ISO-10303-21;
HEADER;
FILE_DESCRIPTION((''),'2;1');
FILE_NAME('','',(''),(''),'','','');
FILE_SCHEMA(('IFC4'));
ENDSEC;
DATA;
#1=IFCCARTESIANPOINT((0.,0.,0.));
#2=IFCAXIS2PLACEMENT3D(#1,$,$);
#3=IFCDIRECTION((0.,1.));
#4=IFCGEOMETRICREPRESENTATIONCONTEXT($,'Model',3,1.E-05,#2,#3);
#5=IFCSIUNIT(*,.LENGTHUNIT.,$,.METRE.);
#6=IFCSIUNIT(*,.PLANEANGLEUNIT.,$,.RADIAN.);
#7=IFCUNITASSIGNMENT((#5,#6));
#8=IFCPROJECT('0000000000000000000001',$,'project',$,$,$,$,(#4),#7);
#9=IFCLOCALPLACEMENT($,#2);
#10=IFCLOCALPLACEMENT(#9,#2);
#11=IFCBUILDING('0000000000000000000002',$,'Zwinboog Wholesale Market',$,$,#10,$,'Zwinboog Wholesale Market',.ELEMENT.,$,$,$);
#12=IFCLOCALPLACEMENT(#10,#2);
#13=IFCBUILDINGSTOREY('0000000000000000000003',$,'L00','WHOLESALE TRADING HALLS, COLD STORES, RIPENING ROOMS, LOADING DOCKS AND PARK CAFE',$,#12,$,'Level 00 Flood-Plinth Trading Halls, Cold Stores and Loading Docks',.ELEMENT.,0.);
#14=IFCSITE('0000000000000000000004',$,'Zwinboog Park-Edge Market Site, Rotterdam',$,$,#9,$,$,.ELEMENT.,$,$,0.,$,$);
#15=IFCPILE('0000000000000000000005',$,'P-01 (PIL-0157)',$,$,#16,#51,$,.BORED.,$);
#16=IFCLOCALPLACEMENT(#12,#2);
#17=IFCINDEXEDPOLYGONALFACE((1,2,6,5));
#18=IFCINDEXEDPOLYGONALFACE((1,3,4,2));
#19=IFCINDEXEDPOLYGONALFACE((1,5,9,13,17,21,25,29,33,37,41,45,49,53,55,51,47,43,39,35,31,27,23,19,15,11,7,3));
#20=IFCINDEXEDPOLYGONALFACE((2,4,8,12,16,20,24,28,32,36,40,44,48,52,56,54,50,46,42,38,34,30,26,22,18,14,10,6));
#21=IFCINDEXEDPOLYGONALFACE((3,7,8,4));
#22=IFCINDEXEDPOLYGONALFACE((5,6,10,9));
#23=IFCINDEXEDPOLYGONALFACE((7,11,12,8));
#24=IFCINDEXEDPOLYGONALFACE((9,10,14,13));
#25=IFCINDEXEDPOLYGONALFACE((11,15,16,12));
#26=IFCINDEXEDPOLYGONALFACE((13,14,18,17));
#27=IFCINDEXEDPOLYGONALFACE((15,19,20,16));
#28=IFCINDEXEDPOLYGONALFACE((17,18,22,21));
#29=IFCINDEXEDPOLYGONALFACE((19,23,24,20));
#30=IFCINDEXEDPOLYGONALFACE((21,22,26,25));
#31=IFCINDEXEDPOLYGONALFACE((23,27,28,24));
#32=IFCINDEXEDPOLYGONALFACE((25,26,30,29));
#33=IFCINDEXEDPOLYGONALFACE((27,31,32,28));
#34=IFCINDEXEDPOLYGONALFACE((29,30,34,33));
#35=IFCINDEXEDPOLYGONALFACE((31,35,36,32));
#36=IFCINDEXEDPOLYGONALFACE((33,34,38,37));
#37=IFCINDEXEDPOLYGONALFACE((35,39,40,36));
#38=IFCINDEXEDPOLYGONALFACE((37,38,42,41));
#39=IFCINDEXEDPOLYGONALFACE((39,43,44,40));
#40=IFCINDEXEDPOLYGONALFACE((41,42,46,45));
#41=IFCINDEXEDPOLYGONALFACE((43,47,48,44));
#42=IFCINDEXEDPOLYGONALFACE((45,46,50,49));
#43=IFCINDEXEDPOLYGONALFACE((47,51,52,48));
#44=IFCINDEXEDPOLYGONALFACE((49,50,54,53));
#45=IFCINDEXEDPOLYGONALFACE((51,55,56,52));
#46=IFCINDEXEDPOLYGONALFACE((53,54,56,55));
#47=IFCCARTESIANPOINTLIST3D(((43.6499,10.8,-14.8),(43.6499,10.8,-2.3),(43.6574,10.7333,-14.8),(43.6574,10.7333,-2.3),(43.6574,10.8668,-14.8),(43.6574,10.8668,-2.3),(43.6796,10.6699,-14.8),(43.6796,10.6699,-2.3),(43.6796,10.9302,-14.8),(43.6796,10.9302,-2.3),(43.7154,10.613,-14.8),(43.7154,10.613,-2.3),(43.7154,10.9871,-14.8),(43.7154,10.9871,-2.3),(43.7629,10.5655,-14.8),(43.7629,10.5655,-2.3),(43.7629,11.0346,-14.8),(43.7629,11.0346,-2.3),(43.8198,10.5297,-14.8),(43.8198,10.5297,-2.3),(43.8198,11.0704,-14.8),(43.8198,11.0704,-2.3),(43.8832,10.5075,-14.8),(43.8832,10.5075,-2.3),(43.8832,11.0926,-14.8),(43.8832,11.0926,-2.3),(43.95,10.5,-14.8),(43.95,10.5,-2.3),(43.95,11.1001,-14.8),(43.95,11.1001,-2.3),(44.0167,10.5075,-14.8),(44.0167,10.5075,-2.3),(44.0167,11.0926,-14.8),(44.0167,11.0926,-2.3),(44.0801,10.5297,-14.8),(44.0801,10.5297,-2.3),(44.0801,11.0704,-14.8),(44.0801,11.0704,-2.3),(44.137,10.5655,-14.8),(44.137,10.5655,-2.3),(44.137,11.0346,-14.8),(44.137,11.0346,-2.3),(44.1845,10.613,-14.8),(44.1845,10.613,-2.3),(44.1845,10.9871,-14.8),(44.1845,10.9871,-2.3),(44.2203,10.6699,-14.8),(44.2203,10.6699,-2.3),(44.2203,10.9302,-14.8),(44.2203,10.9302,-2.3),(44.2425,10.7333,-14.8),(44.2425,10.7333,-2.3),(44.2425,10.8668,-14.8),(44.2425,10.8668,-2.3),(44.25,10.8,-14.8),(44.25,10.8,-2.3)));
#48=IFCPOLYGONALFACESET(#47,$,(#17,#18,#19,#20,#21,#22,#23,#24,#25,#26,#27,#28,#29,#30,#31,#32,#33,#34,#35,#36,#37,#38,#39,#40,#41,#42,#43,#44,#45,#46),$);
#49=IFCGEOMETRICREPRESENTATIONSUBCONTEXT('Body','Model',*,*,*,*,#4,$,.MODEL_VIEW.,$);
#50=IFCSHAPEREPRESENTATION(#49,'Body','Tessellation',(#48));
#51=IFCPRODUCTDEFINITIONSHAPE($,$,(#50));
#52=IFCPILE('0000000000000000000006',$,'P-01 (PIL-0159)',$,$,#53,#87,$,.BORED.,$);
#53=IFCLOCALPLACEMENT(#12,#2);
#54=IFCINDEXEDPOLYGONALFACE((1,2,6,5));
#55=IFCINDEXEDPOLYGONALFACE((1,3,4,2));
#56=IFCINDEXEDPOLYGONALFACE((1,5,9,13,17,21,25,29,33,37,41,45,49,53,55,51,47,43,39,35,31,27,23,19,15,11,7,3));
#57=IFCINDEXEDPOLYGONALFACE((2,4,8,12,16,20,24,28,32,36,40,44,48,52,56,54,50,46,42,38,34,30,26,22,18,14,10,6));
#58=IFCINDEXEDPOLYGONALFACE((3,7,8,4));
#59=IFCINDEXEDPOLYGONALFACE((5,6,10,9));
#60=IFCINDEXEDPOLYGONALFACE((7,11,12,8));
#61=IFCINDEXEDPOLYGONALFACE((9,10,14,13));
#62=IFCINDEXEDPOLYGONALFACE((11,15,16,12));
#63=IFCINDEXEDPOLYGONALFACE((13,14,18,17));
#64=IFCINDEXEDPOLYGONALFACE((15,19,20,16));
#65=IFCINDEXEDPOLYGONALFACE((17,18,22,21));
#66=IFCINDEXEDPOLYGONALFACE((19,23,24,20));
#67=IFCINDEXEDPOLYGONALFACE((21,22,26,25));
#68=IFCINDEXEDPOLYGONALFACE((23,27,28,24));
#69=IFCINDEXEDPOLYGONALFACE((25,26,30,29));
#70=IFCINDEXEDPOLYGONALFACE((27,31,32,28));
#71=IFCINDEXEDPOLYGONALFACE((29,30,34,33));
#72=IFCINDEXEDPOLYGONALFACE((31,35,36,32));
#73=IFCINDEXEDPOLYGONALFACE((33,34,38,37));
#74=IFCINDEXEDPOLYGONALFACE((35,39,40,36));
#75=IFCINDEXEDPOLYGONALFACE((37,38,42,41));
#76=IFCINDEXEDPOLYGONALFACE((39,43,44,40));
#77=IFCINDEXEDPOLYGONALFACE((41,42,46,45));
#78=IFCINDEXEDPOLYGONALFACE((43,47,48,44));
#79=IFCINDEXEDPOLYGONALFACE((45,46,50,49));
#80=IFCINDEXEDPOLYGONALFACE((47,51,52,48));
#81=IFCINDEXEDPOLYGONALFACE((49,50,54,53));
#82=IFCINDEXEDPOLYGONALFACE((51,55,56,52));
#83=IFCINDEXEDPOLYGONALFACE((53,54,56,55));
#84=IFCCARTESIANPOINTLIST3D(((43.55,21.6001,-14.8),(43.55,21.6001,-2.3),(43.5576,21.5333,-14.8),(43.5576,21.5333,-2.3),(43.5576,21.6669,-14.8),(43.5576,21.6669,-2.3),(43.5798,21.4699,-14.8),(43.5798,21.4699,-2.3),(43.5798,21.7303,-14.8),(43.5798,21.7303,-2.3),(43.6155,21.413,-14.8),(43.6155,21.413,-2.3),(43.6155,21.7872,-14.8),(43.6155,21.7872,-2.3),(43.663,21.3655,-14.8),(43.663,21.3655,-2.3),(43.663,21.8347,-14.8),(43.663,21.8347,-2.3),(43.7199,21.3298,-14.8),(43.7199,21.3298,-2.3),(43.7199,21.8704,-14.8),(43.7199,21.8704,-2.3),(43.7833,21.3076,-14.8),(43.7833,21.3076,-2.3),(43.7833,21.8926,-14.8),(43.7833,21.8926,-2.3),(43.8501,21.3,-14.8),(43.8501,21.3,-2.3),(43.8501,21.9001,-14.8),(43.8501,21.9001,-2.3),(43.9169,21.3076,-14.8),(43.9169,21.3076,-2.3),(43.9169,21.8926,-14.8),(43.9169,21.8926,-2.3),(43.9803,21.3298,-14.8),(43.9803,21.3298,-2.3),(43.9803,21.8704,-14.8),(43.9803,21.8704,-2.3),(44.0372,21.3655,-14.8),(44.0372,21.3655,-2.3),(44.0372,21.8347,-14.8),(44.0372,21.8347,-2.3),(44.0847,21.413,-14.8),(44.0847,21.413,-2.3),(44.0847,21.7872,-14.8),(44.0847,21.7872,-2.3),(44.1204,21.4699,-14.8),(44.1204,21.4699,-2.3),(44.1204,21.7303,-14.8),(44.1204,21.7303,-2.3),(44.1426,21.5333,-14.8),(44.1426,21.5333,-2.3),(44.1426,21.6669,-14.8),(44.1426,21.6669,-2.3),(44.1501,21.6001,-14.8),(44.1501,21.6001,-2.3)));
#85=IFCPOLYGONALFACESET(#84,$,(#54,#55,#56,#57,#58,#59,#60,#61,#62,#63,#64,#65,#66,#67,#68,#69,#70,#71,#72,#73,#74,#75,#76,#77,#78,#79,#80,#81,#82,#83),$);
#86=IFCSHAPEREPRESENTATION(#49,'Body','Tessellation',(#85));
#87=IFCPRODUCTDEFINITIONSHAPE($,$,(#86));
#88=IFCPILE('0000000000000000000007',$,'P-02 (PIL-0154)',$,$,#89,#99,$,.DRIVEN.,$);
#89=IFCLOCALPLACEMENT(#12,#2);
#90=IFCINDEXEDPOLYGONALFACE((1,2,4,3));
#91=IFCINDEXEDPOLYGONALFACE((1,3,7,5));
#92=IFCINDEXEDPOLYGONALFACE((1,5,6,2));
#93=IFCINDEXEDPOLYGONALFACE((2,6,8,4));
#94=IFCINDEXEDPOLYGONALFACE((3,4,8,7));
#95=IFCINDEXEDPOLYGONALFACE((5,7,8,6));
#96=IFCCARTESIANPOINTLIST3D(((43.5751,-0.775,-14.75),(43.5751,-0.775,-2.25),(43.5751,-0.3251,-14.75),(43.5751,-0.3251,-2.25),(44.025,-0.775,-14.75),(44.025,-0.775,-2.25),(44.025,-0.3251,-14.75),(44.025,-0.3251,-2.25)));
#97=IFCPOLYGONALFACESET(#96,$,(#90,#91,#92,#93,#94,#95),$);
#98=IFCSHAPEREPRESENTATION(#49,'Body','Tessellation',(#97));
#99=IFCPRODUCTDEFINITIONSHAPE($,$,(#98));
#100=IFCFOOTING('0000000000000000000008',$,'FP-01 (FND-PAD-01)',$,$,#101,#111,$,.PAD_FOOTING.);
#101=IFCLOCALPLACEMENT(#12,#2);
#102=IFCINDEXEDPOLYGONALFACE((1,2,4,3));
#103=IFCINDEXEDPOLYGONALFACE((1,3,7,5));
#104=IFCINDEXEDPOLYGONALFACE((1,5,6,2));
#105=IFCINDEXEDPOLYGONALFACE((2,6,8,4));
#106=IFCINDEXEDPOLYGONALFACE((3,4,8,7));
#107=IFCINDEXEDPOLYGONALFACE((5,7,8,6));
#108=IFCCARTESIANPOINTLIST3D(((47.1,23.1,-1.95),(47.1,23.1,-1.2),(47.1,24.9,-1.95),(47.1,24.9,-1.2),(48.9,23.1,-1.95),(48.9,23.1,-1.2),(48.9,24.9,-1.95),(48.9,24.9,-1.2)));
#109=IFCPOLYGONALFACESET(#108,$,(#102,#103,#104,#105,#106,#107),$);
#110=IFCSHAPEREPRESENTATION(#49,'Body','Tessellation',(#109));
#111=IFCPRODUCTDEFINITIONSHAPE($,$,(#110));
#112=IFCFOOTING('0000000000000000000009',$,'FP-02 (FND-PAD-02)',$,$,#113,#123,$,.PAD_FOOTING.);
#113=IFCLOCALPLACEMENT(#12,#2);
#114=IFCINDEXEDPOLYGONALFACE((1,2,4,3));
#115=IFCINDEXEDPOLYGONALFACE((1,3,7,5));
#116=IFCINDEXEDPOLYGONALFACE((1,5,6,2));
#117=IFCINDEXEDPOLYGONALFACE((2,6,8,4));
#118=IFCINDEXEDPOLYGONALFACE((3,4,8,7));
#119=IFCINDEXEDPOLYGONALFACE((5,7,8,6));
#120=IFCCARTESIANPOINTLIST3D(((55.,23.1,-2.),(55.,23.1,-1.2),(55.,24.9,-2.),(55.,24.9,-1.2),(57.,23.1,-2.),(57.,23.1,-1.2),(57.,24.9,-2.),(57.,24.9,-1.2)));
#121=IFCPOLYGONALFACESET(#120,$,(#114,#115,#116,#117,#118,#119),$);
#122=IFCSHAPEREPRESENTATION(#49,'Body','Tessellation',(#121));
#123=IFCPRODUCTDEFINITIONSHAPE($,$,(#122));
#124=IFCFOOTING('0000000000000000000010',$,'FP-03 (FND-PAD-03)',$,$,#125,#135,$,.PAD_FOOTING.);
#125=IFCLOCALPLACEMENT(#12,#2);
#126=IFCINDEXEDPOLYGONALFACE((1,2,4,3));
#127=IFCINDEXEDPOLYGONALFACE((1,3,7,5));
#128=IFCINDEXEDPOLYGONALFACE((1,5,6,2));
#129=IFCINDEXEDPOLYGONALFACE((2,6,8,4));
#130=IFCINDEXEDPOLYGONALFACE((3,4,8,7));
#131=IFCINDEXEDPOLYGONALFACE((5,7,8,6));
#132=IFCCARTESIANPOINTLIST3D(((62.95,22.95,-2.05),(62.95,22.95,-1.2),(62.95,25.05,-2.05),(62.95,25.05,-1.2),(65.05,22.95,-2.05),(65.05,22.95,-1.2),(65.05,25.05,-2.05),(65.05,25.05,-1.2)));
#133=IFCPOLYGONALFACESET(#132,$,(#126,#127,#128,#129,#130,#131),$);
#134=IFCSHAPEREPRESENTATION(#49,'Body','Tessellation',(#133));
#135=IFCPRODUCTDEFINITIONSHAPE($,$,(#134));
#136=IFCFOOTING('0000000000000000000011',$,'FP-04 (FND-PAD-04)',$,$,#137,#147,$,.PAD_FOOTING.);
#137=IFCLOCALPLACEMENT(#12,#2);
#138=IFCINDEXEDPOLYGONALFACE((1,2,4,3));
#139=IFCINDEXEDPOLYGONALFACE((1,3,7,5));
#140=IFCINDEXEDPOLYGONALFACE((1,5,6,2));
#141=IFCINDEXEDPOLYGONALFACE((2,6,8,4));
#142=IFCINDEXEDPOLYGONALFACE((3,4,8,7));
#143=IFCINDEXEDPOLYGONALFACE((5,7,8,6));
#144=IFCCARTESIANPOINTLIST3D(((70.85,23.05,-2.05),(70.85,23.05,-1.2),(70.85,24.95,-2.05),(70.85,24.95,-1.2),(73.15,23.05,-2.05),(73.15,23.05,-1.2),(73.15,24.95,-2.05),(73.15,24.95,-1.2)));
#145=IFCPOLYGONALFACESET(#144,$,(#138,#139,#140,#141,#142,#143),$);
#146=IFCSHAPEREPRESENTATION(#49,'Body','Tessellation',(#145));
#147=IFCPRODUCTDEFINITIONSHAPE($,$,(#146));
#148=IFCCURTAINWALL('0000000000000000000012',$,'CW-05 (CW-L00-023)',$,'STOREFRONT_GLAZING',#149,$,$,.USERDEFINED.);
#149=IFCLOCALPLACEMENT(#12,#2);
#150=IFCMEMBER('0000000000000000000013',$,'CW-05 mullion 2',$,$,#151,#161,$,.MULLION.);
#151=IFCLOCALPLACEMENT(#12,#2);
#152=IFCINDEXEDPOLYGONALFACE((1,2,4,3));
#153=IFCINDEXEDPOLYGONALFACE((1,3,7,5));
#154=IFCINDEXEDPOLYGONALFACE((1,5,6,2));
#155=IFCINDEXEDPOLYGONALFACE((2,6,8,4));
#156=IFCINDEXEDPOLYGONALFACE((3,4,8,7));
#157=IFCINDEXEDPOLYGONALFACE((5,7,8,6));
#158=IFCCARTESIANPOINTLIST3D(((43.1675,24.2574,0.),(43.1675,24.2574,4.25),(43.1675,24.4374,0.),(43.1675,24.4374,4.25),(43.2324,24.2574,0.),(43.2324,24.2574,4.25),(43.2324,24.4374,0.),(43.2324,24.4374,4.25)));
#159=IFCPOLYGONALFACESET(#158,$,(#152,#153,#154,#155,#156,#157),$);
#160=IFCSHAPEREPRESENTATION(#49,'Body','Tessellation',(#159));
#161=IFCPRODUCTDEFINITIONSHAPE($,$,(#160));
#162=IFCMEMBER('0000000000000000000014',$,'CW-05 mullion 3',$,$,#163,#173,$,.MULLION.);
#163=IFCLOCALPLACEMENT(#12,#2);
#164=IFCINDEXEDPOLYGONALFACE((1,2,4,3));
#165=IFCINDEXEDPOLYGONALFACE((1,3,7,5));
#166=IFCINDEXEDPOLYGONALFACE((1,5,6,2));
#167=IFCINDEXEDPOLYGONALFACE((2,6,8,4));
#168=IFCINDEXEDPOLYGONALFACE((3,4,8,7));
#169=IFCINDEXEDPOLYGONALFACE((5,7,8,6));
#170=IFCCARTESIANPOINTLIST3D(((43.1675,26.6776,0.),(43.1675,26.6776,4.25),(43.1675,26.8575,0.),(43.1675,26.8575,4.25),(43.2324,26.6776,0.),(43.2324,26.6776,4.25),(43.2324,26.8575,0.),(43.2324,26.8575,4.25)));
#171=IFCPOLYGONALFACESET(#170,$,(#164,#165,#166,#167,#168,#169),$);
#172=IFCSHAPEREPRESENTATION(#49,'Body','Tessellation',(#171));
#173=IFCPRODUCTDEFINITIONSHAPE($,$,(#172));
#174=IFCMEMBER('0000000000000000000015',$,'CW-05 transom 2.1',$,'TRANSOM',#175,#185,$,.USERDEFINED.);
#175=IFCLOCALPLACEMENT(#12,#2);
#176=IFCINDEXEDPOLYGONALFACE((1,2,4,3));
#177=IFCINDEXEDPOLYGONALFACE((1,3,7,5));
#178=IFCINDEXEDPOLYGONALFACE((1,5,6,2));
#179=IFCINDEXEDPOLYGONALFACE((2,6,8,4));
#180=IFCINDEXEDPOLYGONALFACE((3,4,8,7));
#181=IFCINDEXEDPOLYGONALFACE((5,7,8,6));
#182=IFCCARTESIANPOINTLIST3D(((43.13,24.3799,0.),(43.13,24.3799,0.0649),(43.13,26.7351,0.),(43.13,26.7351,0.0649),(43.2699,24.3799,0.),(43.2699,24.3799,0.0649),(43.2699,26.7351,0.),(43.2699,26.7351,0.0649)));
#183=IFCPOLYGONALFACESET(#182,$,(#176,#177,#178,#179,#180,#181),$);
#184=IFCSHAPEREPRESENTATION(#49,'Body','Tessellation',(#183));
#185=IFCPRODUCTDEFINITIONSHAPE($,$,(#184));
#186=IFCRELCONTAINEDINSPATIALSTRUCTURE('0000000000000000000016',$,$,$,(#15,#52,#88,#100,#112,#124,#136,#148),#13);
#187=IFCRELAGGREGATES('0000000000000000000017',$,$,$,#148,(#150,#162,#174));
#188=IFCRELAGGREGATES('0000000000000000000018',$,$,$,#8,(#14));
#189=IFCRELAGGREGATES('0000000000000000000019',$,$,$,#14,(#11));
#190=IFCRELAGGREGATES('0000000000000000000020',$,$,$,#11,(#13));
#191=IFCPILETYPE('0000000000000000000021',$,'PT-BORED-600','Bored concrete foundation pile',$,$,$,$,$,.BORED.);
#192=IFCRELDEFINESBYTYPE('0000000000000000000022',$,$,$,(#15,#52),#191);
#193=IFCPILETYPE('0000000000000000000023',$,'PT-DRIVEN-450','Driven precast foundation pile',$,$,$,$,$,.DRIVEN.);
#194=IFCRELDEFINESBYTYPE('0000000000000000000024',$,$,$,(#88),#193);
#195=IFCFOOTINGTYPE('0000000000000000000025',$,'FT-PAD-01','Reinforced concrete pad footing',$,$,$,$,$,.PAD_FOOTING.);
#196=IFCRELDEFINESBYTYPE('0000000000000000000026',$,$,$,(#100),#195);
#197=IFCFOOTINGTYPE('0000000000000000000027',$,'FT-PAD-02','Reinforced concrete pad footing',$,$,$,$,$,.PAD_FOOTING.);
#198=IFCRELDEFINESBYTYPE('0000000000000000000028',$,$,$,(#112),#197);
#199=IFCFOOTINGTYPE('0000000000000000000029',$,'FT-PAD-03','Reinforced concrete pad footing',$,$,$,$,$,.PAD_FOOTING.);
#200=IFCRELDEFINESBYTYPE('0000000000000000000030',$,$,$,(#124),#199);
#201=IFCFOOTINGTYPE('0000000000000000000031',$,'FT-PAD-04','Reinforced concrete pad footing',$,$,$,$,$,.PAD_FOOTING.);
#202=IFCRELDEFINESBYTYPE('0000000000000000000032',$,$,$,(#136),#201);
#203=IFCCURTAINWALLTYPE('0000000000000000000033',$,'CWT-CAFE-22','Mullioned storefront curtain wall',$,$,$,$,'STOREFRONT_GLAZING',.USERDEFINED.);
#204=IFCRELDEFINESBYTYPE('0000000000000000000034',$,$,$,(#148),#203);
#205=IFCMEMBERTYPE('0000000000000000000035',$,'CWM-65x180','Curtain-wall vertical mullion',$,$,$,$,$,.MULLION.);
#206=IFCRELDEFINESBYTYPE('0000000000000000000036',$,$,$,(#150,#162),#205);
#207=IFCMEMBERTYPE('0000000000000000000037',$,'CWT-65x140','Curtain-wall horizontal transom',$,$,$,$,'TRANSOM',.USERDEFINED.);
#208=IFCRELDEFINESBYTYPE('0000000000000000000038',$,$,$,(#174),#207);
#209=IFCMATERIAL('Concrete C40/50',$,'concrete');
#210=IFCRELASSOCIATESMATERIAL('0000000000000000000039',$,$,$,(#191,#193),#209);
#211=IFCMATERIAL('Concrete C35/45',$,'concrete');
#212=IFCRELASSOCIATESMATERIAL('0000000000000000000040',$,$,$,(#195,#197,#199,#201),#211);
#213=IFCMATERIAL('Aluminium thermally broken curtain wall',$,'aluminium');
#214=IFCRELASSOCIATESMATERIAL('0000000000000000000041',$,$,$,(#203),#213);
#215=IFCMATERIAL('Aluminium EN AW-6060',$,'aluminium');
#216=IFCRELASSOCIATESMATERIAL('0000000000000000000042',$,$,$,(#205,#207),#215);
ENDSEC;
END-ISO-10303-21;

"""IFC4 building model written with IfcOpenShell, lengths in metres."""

from ifc_helpers import new_model, si_unit, direction, frame, origin, origin_2d, place, context, subcontext, project, spatial, rectangle, circle, extrude, material, material_profile, profile_set, type_object, element, aggregate, save


model = new_model("IFC4")

# Units and contexts
model_context = context("Model", 3, precision=1e-05, world=origin(), true_north=direction((0.0, 1.0)))
body_context = subcontext(model_context, "Body", "Model", "MODEL_VIEW")
ifc_project = project(units=[si_unit("LENGTHUNIT", "METRE"), si_unit("PLANEANGLEUNIT", "RADIAN")], contexts=[model_context])

# Site, building, storey
site_placement = place(None, origin())
site = spatial("IfcSite", under=ifc_project, at=site_placement, Name="Zwinboog Park-Edge Market Site, Rotterdam", CompositionType="ELEMENT", RefElevation=0.0)
building_placement = place(site_placement, origin())
building = spatial("IfcBuilding", under=site, at=building_placement, Name="Zwinboog Wholesale Market", LongName="Zwinboog Wholesale Market", CompositionType="ELEMENT")
storey_placement = place(building_placement, origin())
storey = spatial("IfcBuildingStorey", under=building, at=storey_placement, Name="L00", Description="WHOLESALE TRADING HALLS, COLD STORES, RIPENING ROOMS, LOADING DOCKS AND PARK CAFE", LongName="Level 00 Flood-Plinth Trading Halls, Cold Stores and Loading Docks", CompositionType="ELEMENT", Elevation=0.0)

# Piles
ifc_material_1 = material(Name="Concrete C40/50", Category="concrete")
ifc_material_profile_1 = material_profile(ifc_material_1, circle(Radius=0.3, at=origin_2d()), Name="PILE D600")
ifc_profile_set_1 = profile_set([ifc_material_profile_1], Name="Concrete C40/50")
pile_type_1 = type_object("IfcPileType", Name="PT-BORED-600", Description="Bored concrete foundation pile", PredefinedType="BORED", material=ifc_profile_set_1)
for number, where, z_axis, x_axis, name in (
    (1, (43.95, 10.8, -2.3), (0.0, 0.0, -1.0), (1.0, 0.0, 0.0), "P-01 (PIL-0157)"),
    (2, (43.8501, 21.6001, -2.3), (0.0, 0.0, -1.0), (1.0, 0.0, 0.0), "P-01 (PIL-0159)"),
):
    element("IfcPile", number, at=place(storey_placement, frame(where, z_axis=z_axis, x_axis=x_axis)), inside=storey, type_object=pile_type_1, Name=name, PredefinedType="BORED", context=body_context, shape_type="SweptSolid", body=[
        extrude(circle(Radius=0.3, at=origin_2d()), origin(), (0.0, 0.0, 1.0), 12.5),
    ])
ifc_material_profile_2 = material_profile(ifc_material_1, rectangle(XDim=0.45, YDim=0.45, at=origin_2d()), Name="PILE SQ450")
ifc_profile_set_2 = profile_set([ifc_material_profile_2], Name="Concrete C40/50")
pile_type_2 = type_object("IfcPileType", Name="PT-DRIVEN-450", Description="Driven precast foundation pile", PredefinedType="DRIVEN", material=ifc_profile_set_2)
pile_placement = place(storey_placement, frame((43.8, -0.55, -2.25), z_axis=(0.0, 0.0, -1.0), x_axis=(1.0, 0.0, 0.0)))
element("IfcPile", 3, at=pile_placement, inside=storey, type_object=pile_type_2, Name="P-02 (PIL-0154)", PredefinedType="DRIVEN", context=body_context, shape_type="SweptSolid", body=[
    extrude(rectangle(XDim=0.45, YDim=0.45, at=origin_2d()), origin(), (0.0, 0.0, 1.0), 12.5),
])

# Footings
ifc_material_2 = material(Name="Concrete C35/45", Category="concrete")
footing_type_1 = type_object("IfcFootingType", Name="FT-PAD-01", Description="Reinforced concrete pad footing", PredefinedType="PAD_FOOTING", material=ifc_material_2)
footing_1_placement = place(storey_placement, frame((48.0, 24.0, -1.95), z_axis=(0.0, 0.0, 1.0), x_axis=(1.0, 0.0, 0.0)))
element("IfcFooting", 4, at=footing_1_placement, inside=storey, type_object=footing_type_1, Name="FP-01 (FND-PAD-01)", PredefinedType="PAD_FOOTING", context=body_context, shape_type="SweptSolid", body=[
    extrude(rectangle(XDim=1.8, YDim=1.8, at=origin_2d()), origin(), (0.0, 0.0, 1.0), 0.75),
])
footing_type_2 = type_object("IfcFootingType", Name="FT-PAD-02", Description="Reinforced concrete pad footing", PredefinedType="PAD_FOOTING", material=ifc_material_2)
footing_2_placement = place(storey_placement, frame((56.0, 24.0, -2.0), z_axis=(0.0, 0.0, 1.0), x_axis=(1.0, 0.0, 0.0)))
element("IfcFooting", 5, at=footing_2_placement, inside=storey, type_object=footing_type_2, Name="FP-02 (FND-PAD-02)", PredefinedType="PAD_FOOTING", context=body_context, shape_type="SweptSolid", body=[
    extrude(rectangle(XDim=2.0, YDim=1.8, at=origin_2d()), origin(), (0.0, 0.0, 1.0), 0.8),
])
footing_type_3 = type_object("IfcFootingType", Name="FT-PAD-03", Description="Reinforced concrete pad footing", PredefinedType="PAD_FOOTING", material=ifc_material_2)
footing_3_placement = place(storey_placement, frame((64.0, 24.0, -2.05), z_axis=(0.0, 0.0, 1.0), x_axis=(1.0, 0.0, 0.0)))
element("IfcFooting", 6, at=footing_3_placement, inside=storey, type_object=footing_type_3, Name="FP-03 (FND-PAD-03)", PredefinedType="PAD_FOOTING", context=body_context, shape_type="SweptSolid", body=[
    extrude(rectangle(XDim=2.1001, YDim=2.1001, at=origin_2d()), origin(), (0.0, 0.0, 1.0), 0.8501),
])
footing_type_4 = type_object("IfcFootingType", Name="FT-PAD-04", Description="Reinforced concrete pad footing", PredefinedType="PAD_FOOTING", material=ifc_material_2)
footing_4_placement = place(storey_placement, frame((72.0, 24.0, -2.05), z_axis=(0.0, 0.0, 1.0), x_axis=(1.0, 0.0, 0.0)))
element("IfcFooting", 7, at=footing_4_placement, inside=storey, type_object=footing_type_4, Name="FP-04 (FND-PAD-04)", PredefinedType="PAD_FOOTING", context=body_context, shape_type="SweptSolid", body=[
    extrude(rectangle(XDim=2.3, YDim=1.8999, at=origin_2d()), origin(), (0.0, 0.0, 1.0), 0.8501),
])

# Curtain wall, members
ifc_material_3 = material(Name="Aluminium thermally broken curtain wall", Category="aluminium")
curtain_wall_type = type_object("IfcCurtainWallType", Name="CWT-CAFE-22", Description="Mullioned storefront curtain wall", ElementType="STOREFRONT_GLAZING", PredefinedType="USERDEFINED", material=ifc_material_3)
curtain_wall_placement = place(storey_placement, origin())
curtain_wall = element("IfcCurtainWall", 8, at=curtain_wall_placement, inside=storey, type_object=curtain_wall_type, Name="CW-05 (CW-L00-023)", ObjectType="STOREFRONT_GLAZING", PredefinedType="USERDEFINED")
ifc_material_4 = material(Name="Aluminium EN AW-6060", Category="aluminium")
ifc_material_profile_3 = material_profile(ifc_material_4, rectangle(XDim=0.0649, YDim=0.1799, at=origin_2d()), Name="AL 65x180")
ifc_profile_set_3 = profile_set([ifc_material_profile_3], Name="Aluminium EN AW-6060")
member_type_1 = type_object("IfcMemberType", Name="CWM-65x180", Description="Curtain-wall vertical mullion", PredefinedType="MULLION", material=ifc_profile_set_3)
member_1_placement = place(storey_placement, frame((43.2, 24.3474, 0.0), z_axis=(0.0, 0.0, 1.0), x_axis=(-1.0, 0.0, 0.0)))
member_1 = element("IfcMember", 9, at=member_1_placement, type_object=member_type_1, Name="CW-05 mullion 2", PredefinedType="MULLION", context=body_context, shape_type="SweptSolid", body=[
    extrude(rectangle(XDim=0.0649, YDim=0.1799, at=origin_2d()), origin(), (0.0, 0.0, 1.0), 4.25),
])
member_2_placement = place(storey_placement, frame((43.2, 26.7676, 0.0), z_axis=(0.0, 0.0, 1.0), x_axis=(-1.0, 0.0, 0.0)))
member_2 = element("IfcMember", 10, at=member_2_placement, type_object=member_type_1, Name="CW-05 mullion 3", PredefinedType="MULLION", context=body_context, shape_type="SweptSolid", body=[
    extrude(rectangle(XDim=0.0649, YDim=0.1799, at=origin_2d()), origin(), (0.0, 0.0, 1.0), 4.25),
])
ifc_material_profile_4 = material_profile(ifc_material_4, rectangle(XDim=0.1399, YDim=0.0649, at=origin_2d()), Name="AL 65x140")
ifc_profile_set_4 = profile_set([ifc_material_profile_4], Name="Aluminium EN AW-6060")
member_type_2 = type_object("IfcMemberType", Name="CWT-65x140", Description="Curtain-wall horizontal transom", ElementType="TRANSOM", PredefinedType="USERDEFINED", material=ifc_profile_set_4)
member_3_placement = place(storey_placement, frame((43.2, 24.3799, 0.0325), z_axis=(0.0, 1.0, 0.0), x_axis=(-1.0, 0.0, 0.0)))
member_3 = element("IfcMember", 11, at=member_3_placement, type_object=member_type_2, Name="CW-05 transom 2.1", ObjectType="TRANSOM", PredefinedType="USERDEFINED", context=body_context, shape_type="SweptSolid", body=[
    extrude(rectangle(XDim=0.1399, YDim=0.0649, at=origin_2d()), origin(), (0.0, 0.0, 1.0), 2.3552),
])
aggregate(curtain_wall, [member_1, member_2, member_3])

save(model, "model.ifc")
